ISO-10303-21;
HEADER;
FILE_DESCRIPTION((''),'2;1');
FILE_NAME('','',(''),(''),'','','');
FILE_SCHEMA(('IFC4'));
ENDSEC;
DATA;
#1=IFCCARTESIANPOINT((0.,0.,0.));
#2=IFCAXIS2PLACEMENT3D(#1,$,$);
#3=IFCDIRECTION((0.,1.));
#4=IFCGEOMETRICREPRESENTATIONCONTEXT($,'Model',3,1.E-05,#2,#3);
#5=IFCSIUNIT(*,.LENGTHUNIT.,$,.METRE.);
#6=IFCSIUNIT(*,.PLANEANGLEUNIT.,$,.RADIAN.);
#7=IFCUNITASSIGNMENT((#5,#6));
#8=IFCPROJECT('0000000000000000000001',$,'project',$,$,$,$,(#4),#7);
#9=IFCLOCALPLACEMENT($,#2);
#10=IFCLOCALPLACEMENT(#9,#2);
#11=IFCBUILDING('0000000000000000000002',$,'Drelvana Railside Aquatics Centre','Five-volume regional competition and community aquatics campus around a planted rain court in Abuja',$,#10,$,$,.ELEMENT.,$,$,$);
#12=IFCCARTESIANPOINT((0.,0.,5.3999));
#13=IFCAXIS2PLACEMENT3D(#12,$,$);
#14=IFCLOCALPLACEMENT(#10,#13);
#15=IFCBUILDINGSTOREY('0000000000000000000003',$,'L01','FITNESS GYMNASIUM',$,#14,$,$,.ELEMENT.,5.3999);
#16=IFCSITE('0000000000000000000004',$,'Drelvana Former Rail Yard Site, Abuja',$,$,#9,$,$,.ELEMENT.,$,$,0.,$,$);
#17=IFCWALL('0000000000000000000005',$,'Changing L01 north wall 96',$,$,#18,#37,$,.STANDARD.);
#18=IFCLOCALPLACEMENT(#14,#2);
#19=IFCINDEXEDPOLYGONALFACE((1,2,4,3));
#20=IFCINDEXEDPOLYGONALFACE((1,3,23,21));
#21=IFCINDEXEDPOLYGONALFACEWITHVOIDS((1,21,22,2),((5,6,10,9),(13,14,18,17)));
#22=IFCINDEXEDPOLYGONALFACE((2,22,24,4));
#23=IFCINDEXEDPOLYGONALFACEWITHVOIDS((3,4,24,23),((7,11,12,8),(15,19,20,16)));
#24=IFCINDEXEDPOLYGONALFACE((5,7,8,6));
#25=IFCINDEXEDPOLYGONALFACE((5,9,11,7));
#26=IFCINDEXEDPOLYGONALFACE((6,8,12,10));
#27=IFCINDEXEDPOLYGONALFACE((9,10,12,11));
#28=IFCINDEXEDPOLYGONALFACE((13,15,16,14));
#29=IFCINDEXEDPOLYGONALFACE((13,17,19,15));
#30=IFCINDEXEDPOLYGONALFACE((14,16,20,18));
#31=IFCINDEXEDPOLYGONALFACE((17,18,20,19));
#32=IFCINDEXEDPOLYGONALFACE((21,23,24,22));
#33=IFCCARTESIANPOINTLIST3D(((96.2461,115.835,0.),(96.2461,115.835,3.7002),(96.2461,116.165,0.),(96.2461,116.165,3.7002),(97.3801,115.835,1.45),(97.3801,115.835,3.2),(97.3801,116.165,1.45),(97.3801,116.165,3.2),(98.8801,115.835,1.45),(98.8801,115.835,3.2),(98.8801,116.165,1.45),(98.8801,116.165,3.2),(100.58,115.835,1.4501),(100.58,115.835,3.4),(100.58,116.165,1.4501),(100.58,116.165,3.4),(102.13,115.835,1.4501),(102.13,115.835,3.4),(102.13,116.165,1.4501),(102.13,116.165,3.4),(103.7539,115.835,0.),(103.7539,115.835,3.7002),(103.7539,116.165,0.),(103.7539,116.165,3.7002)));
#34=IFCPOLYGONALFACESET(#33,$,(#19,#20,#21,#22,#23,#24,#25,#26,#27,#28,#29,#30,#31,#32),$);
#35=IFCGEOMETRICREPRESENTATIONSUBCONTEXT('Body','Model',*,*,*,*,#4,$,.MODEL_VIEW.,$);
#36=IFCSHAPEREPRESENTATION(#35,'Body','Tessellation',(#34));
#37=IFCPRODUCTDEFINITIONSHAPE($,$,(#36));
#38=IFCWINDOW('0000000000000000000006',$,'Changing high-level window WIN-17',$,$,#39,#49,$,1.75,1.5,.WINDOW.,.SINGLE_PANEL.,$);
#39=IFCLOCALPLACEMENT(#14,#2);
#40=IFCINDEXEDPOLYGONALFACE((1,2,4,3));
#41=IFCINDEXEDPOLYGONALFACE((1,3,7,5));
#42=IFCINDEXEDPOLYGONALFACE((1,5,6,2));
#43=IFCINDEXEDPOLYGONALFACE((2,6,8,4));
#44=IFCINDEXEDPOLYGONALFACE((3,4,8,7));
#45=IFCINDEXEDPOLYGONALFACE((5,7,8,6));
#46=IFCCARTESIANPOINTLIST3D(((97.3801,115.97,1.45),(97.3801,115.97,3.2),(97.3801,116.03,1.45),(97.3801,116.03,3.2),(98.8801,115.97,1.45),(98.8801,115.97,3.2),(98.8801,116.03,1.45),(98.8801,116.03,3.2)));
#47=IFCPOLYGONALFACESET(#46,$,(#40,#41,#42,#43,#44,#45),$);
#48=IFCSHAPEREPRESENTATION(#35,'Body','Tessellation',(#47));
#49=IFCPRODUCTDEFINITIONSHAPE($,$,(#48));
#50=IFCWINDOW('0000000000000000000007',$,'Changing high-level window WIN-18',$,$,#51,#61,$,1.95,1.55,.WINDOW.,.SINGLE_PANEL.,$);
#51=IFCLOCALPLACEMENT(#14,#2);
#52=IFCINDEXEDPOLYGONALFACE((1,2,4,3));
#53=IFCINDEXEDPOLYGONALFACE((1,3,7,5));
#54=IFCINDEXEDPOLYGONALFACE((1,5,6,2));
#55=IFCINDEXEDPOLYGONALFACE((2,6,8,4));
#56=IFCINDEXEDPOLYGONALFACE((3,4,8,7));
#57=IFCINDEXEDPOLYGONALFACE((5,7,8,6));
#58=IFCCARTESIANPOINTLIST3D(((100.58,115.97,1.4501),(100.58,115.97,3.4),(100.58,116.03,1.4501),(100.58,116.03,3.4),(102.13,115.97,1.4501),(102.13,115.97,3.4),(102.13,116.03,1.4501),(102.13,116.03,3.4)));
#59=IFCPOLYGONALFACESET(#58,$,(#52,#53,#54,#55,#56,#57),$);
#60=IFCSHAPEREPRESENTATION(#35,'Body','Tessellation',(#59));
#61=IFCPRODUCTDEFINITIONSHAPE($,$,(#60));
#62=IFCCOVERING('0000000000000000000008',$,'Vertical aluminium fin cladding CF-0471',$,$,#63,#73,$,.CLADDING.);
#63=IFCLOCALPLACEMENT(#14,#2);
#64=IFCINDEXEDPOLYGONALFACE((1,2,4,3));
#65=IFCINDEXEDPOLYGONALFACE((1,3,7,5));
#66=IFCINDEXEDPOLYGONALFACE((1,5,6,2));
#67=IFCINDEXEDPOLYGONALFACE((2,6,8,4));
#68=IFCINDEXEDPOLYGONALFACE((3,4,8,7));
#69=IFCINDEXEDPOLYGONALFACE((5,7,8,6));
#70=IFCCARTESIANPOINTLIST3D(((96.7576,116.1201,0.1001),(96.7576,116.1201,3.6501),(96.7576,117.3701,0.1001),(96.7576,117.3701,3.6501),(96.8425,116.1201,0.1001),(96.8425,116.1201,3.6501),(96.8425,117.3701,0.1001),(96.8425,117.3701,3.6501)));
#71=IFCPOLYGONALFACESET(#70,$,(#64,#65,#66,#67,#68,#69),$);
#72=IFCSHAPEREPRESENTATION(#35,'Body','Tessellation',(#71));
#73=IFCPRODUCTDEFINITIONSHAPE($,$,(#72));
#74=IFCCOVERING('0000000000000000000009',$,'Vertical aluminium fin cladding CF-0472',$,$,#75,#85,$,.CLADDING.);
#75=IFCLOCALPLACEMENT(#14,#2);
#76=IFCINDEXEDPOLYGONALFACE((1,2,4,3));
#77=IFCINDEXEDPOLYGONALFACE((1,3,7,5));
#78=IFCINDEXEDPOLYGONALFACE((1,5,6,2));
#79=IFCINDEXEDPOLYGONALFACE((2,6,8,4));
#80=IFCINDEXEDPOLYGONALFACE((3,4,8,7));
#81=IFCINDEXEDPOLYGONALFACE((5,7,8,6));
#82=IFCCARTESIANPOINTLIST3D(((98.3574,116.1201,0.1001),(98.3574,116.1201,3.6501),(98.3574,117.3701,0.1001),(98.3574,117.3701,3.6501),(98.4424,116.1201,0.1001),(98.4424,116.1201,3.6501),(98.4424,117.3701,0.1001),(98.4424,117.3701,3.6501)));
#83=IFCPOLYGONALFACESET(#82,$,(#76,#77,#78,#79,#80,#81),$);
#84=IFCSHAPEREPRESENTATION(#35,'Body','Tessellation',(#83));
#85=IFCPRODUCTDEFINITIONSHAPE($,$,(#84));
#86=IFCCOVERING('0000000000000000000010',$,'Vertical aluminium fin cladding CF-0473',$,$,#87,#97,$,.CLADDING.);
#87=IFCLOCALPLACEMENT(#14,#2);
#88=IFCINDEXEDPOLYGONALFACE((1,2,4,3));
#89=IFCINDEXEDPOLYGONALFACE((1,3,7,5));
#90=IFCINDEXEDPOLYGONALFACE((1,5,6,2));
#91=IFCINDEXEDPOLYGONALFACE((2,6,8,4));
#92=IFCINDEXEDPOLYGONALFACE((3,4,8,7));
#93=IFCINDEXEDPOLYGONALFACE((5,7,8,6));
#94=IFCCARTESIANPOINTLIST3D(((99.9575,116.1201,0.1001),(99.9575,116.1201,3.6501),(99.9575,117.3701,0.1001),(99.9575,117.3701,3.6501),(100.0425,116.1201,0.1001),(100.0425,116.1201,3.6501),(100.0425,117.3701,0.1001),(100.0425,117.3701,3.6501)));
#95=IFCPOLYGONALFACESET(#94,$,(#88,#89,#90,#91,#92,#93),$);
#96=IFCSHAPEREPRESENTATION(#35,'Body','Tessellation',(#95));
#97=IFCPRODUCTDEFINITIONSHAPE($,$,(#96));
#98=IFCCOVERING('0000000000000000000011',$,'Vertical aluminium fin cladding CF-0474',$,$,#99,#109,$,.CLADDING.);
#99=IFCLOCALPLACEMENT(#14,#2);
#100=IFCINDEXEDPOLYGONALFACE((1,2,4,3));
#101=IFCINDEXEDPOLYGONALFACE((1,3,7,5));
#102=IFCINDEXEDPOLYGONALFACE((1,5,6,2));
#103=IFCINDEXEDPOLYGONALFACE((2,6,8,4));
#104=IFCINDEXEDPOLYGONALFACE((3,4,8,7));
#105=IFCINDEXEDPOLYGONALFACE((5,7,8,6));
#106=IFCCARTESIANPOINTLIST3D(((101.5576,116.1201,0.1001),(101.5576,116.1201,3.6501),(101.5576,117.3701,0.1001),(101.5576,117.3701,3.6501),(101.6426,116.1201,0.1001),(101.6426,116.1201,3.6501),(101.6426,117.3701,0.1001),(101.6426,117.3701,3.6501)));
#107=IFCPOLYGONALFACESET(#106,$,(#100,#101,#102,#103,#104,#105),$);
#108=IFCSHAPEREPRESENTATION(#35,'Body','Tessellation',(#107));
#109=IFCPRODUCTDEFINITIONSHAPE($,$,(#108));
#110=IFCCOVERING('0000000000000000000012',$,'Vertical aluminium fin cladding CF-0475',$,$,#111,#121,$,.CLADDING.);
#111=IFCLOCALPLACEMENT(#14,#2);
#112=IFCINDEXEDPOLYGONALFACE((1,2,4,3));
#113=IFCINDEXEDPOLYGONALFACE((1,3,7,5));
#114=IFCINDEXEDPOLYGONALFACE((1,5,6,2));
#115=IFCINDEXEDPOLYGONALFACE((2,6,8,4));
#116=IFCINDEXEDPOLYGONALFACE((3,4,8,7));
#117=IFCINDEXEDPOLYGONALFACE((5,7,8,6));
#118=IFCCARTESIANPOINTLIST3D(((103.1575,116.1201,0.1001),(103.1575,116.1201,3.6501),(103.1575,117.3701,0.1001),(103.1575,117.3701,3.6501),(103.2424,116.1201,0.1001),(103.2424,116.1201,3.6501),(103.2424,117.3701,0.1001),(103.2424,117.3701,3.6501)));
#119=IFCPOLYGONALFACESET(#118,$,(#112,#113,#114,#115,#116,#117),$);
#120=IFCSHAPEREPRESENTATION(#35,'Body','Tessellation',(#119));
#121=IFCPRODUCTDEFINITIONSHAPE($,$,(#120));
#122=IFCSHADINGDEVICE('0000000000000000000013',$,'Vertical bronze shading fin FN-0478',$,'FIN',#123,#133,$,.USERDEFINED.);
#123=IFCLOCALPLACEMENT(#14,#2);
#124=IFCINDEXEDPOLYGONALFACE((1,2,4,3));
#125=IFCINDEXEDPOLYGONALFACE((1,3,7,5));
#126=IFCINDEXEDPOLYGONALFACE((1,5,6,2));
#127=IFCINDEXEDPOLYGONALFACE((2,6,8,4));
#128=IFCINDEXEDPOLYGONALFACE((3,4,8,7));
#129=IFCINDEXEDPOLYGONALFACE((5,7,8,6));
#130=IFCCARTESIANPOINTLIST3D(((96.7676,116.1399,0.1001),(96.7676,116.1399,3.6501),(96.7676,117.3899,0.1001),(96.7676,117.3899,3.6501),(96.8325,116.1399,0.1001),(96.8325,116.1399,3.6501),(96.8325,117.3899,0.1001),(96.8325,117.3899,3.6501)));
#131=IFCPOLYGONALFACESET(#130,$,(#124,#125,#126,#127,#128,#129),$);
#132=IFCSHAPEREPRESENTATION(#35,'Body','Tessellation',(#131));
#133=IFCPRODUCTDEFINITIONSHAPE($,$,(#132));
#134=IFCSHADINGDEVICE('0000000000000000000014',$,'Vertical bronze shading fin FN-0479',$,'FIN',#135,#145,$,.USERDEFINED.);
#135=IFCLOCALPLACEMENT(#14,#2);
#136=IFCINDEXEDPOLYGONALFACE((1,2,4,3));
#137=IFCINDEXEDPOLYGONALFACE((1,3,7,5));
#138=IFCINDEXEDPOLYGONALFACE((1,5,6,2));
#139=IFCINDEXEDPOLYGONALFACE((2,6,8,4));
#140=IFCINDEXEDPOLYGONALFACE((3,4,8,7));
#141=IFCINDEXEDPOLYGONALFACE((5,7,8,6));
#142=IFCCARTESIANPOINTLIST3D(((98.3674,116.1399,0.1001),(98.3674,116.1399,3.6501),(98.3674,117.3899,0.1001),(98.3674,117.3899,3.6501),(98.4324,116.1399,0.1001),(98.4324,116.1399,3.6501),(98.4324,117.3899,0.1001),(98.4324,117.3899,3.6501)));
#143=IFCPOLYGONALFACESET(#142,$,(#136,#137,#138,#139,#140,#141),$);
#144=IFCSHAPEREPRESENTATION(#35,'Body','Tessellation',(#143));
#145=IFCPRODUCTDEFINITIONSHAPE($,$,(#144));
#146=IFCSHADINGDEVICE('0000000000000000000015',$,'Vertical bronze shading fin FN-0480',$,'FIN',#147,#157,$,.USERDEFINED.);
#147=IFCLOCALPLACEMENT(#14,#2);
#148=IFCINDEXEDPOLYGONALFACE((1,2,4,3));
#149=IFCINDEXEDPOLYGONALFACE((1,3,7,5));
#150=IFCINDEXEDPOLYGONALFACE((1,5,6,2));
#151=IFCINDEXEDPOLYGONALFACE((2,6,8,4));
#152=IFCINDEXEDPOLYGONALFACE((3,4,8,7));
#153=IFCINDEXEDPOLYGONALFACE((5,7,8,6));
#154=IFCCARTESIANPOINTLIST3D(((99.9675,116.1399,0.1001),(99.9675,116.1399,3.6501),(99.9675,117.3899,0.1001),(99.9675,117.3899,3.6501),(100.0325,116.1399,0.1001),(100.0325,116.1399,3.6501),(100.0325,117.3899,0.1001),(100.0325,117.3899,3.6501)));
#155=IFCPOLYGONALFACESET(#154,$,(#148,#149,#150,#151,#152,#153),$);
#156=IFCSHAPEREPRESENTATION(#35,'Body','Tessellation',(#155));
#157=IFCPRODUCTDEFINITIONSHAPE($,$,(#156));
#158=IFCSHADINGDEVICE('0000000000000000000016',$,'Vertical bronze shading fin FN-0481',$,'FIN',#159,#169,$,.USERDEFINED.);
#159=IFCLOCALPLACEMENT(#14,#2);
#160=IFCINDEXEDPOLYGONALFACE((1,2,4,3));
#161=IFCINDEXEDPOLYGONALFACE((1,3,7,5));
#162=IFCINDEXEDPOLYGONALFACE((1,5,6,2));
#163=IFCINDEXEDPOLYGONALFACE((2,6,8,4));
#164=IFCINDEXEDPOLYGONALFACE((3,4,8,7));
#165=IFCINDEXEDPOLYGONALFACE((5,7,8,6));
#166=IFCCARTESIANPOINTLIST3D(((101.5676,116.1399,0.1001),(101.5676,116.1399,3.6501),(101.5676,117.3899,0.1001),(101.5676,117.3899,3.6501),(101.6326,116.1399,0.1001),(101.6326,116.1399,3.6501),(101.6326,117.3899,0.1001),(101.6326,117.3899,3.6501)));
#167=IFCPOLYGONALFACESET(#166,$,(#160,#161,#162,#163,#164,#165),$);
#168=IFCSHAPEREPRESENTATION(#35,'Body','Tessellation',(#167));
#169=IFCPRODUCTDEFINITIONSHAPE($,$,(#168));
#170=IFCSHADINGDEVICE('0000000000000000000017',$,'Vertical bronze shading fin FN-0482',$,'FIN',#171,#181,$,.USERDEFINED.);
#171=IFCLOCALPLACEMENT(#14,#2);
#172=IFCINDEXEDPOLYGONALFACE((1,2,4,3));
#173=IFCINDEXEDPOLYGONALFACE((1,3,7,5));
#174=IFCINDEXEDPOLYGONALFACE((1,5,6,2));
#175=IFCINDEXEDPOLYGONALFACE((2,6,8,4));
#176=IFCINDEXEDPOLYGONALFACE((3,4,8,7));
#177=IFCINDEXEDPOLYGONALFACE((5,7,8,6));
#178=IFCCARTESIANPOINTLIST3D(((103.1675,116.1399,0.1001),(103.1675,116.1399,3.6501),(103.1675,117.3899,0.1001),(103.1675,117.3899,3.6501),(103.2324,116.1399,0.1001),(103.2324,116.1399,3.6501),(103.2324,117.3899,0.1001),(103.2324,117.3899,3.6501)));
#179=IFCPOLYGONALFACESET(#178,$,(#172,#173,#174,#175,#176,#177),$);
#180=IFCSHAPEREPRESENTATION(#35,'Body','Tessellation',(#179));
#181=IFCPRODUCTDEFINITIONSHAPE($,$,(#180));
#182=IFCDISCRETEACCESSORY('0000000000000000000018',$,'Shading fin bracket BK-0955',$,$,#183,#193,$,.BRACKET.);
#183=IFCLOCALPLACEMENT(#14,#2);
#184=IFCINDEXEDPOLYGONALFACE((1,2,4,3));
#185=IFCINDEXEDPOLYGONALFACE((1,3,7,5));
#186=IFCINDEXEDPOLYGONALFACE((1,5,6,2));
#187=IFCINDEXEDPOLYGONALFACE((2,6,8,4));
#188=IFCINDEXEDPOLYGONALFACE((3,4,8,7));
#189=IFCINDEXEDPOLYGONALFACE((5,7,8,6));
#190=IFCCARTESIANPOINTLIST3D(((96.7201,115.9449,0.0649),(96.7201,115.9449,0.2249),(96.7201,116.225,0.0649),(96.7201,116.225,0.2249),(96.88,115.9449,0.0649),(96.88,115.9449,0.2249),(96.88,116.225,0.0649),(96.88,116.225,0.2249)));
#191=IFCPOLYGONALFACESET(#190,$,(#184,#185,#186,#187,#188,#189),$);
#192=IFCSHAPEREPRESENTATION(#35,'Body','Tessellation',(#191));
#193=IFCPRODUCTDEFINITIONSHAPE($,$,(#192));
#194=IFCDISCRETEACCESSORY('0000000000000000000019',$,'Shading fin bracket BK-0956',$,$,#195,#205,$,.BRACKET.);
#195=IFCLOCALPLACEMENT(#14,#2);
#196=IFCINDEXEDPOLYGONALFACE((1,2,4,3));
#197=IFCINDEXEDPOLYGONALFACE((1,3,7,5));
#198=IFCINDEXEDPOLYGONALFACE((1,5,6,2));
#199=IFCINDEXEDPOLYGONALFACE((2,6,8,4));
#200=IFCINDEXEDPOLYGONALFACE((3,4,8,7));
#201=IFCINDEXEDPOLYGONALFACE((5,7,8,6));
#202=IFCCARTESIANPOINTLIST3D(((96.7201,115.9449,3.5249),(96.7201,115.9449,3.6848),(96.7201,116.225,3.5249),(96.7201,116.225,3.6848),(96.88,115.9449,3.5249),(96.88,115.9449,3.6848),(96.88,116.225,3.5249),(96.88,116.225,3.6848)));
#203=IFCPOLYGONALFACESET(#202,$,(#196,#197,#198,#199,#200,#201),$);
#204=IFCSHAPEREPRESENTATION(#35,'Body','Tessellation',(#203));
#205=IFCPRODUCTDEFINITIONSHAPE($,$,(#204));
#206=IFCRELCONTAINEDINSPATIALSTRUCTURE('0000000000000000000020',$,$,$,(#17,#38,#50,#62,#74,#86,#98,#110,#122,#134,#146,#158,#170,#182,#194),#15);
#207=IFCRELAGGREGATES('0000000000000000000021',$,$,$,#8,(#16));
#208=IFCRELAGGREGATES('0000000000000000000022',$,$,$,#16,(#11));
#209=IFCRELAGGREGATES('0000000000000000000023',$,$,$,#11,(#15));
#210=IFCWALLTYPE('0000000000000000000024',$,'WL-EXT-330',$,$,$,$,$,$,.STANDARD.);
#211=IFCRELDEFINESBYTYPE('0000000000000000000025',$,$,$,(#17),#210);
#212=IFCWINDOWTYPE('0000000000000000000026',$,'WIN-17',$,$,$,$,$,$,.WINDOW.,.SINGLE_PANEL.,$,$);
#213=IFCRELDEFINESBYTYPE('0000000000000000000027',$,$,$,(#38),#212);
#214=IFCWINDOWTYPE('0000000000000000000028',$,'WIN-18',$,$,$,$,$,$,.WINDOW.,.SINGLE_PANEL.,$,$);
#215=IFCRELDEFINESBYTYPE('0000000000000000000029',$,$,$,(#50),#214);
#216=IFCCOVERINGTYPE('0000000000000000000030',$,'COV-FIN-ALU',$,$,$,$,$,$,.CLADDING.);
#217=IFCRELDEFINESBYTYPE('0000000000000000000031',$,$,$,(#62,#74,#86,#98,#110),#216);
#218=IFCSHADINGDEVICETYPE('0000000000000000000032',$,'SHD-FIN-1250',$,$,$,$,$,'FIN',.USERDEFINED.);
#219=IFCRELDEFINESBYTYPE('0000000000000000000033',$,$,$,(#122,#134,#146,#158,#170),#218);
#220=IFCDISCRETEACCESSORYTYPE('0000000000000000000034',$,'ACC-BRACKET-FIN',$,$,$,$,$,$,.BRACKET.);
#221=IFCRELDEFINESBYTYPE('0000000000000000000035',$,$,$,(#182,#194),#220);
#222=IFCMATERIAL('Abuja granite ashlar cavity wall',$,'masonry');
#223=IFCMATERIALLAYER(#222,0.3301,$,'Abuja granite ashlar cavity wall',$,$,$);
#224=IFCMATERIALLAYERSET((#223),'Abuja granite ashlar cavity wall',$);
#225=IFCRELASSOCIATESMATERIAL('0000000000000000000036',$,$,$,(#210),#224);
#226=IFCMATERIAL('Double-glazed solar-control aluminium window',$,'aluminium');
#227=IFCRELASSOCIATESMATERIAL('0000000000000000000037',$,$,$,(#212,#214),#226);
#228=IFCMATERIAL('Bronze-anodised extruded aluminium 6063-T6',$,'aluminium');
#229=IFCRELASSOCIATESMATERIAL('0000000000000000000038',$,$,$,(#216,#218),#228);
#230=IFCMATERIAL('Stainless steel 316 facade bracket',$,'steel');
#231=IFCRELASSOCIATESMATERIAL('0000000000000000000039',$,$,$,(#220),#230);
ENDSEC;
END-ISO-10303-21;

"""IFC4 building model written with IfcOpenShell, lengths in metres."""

from ifc_helpers import new_model, si_unit, direction, frame, frame_2d, origin, origin_2d, place, context, subcontext, project, spatial, rectangle, extrude, material, layer, layer_set, type_object, element, fill, save


model = new_model("IFC4")

# Units and contexts
model_context = context("Model", 3, precision=1e-05, world=origin(), true_north=direction((0.0, 1.0)))
body_context = subcontext(model_context, "Body", "Model", "MODEL_VIEW")
ifc_project = project(units=[si_unit("LENGTHUNIT", "METRE"), si_unit("PLANEANGLEUNIT", "RADIAN")], contexts=[model_context])

# Site, building, storey
site_placement = place(None, origin())
site = spatial("IfcSite", under=ifc_project, at=site_placement, Name="Drelvana Former Rail Yard Site, Abuja", CompositionType="ELEMENT", RefElevation=0.0)
building_placement = place(site_placement, origin())
building = spatial("IfcBuilding", under=site, at=building_placement, Name="Drelvana Railside Aquatics Centre", Description="Five-volume regional competition and community aquatics campus around a planted rain court in Abuja", CompositionType="ELEMENT")
storey_placement = place(building_placement, frame((0.0, 0.0, 5.3999)))
storey = spatial("IfcBuildingStorey", under=building, at=storey_placement, Name="L01", Description="FITNESS GYMNASIUM", CompositionType="ELEMENT", Elevation=5.3999)

# Wall, openings, windows
ifc_material_1 = material(Name="Abuja granite ashlar cavity wall", Category="masonry")
ifc_layer_1 = layer(ifc_material_1, 0.3301, Name="Abuja granite ashlar cavity wall")
ifc_layer_set_1 = layer_set([ifc_layer_1], Name="Abuja granite ashlar cavity wall")
wall_type_1 = type_object("IfcWallType", Name="WL-EXT-330", PredefinedType="STANDARD", material=ifc_layer_set_1)
wall_1_placement = place(storey_placement, frame((96.2461, 116.0, 0.0), z_axis=(0.0, 0.0, 1.0), x_axis=(1.0, 0.0, 0.0)))
wall_1 = element("IfcWall", 1, at=wall_1_placement, inside=storey, type_object=wall_type_1, Name="Changing L01 north wall 96", PredefinedType="STANDARD", context=body_context, shape_type="SweptSolid", body=[
    extrude(rectangle(XDim=7.5078, YDim=0.3301, at=frame_2d((3.7539, 0.0))), origin(), (0.0, 0.0, 1.0), 3.7002),
])
opening_1_placement = place(wall_1_placement, frame((1.134, 0.0, 1.45)))
opening_1 = element("IfcOpeningElement", 2, at=opening_1_placement, cuts=wall_1, PredefinedType="OPENING", context=body_context, shape_type="SweptSolid", body=[
    extrude(rectangle(XDim=1.5, YDim=1.75, at=frame_2d((0.75, 0.875))), frame((0.0, 0.175, 0.0), z_axis=(0.0, -1.0, 0.0), x_axis=(1.0, 0.0, 0.0)), (0.0, 0.0, 1.0), 0.3501),
])
opening_2_placement = place(wall_1_placement, frame((4.334, 0.0, 1.45)))
opening_2 = element("IfcOpeningElement", 3, at=opening_2_placement, cuts=wall_1, PredefinedType="OPENING", context=body_context, shape_type="SweptSolid", body=[
    extrude(rectangle(XDim=1.55, YDim=1.95, at=frame_2d((0.7749, 0.9751))), frame((0.0, 0.175, 0.0), z_axis=(0.0, -1.0, 0.0), x_axis=(1.0, 0.0, 0.0)), (0.0, 0.0, 1.0), 0.3501),
])
ifc_material_2 = material(Name="Double-glazed solar-control aluminium window", Category="aluminium")
window_type_1 = type_object("IfcWindowType", Name="WIN-17", PartitioningType="SINGLE_PANEL", PredefinedType="WINDOW", material=ifc_material_2)
window_1_placement = place(opening_1_placement, origin())
window_1 = element("IfcWindow", 4, at=window_1_placement, inside=storey, type_object=window_type_1, Name="Changing high-level window WIN-17", OverallHeight=1.75, OverallWidth=1.5, PartitioningType="SINGLE_PANEL", PredefinedType="WINDOW", context=body_context, shape_type="SweptSolid", body=[
    extrude(rectangle(XDim=1.5, YDim=1.75, at=frame_2d((0.75, 0.875))), frame((0.0, 0.03, 0.0), z_axis=(0.0, -1.0, 0.0), x_axis=(1.0, 0.0, 0.0)), (0.0, 0.0, 1.0), 0.0601),
])
fill(opening_1, window_1)
window_type_2 = type_object("IfcWindowType", Name="WIN-18", PartitioningType="SINGLE_PANEL", PredefinedType="WINDOW", material=ifc_material_2)
window_2_placement = place(opening_2_placement, origin())
window_2 = element("IfcWindow", 5, at=window_2_placement, inside=storey, type_object=window_type_2, Name="Changing high-level window WIN-18", OverallHeight=1.95, OverallWidth=1.55, PartitioningType="SINGLE_PANEL", PredefinedType="WINDOW", context=body_context, shape_type="SweptSolid", body=[
    extrude(rectangle(XDim=1.55, YDim=1.95, at=frame_2d((0.7749, 0.9751))), frame((0.0, 0.03, 0.0), z_axis=(0.0, -1.0, 0.0), x_axis=(1.0, 0.0, 0.0)), (0.0, 0.0, 1.0), 0.0601),
])
fill(opening_2, window_2)

# Coverings
ifc_material_3 = material(Name="Bronze-anodised extruded aluminium 6063-T6", Category="aluminium")
covering_type = type_object("IfcCoveringType", Name="COV-FIN-ALU", PredefinedType="CLADDING", material=ifc_material_3)
for number, where, z_axis, x_axis, name in (
    (6, (96.8, 116.7451, 0.1001), (0.0, 0.0, 1.0), (1.0, 0.0, 0.0), "Vertical aluminium fin cladding CF-0471"),
    (7, (98.3999, 116.7451, 0.1001), (0.0, 0.0, 1.0), (1.0, 0.0, 0.0), "Vertical aluminium fin cladding CF-0472"),
    (8, (100.0, 116.7451, 0.1001), (0.0, 0.0, 1.0), (1.0, 0.0, 0.0), "Vertical aluminium fin cladding CF-0473"),
    (9, (101.6001, 116.7451, 0.1001), (0.0, 0.0, 1.0), (1.0, 0.0, 0.0), "Vertical aluminium fin cladding CF-0474"),
    (10, (103.2, 116.7451, 0.1001), (0.0, 0.0, 1.0), (1.0, 0.0, 0.0), "Vertical aluminium fin cladding CF-0475"),
):
    element("IfcCovering", number, at=place(storey_placement, frame(where, z_axis=z_axis, x_axis=x_axis)), inside=storey, type_object=covering_type, Name=name, PredefinedType="CLADDING", context=body_context, shape_type="SweptSolid", body=[
        extrude(rectangle(XDim=0.085, YDim=1.25, at=origin_2d()), origin(), (0.0, 0.0, 1.0), 3.55),
    ])

# Shading devices
shading_device_type = type_object("IfcShadingDeviceType", Name="SHD-FIN-1250", ElementType="FIN", PredefinedType="USERDEFINED", material=ifc_material_3)
for number, where, z_axis, x_axis, name in (
    (11, (96.8, 116.7649, 0.1001), (0.0, 0.0, 1.0), (0.0, 1.0, 0.0), "Vertical bronze shading fin FN-0478"),
    (12, (98.3999, 116.7649, 0.1001), (0.0, 0.0, 1.0), (0.0, 1.0, 0.0), "Vertical bronze shading fin FN-0479"),
    (13, (100.0, 116.7649, 0.1001), (0.0, 0.0, 1.0), (0.0, 1.0, 0.0), "Vertical bronze shading fin FN-0480"),
    (14, (101.6001, 116.7649, 0.1001), (0.0, 0.0, 1.0), (0.0, 1.0, 0.0), "Vertical bronze shading fin FN-0481"),
    (15, (103.2, 116.7649, 0.1001), (0.0, 0.0, 1.0), (0.0, 1.0, 0.0), "Vertical bronze shading fin FN-0482"),
):
    element("IfcShadingDevice", number, at=place(storey_placement, frame(where, z_axis=z_axis, x_axis=x_axis)), inside=storey, type_object=shading_device_type, Name=name, ObjectType="FIN", PredefinedType="USERDEFINED", context=body_context, shape_type="SweptSolid", body=[
        extrude(rectangle(XDim=1.25, YDim=0.0649, at=origin_2d()), origin(), (0.0, 0.0, 1.0), 3.55),
    ])

# Discrete accessories
ifc_material_4 = material(Name="Stainless steel 316 facade bracket", Category="steel")
discrete_accessory_type = type_object("IfcDiscreteAccessoryType", Name="ACC-BRACKET-FIN", PredefinedType="BRACKET", material=ifc_material_4)
for number, where, z_axis, x_axis, name in (
    (16, (96.8, 116.085, 0.0649), (0.0, 0.0, 1.0), (0.0, 1.0, 0.0), "Shading fin bracket BK-0955"),
    (17, (96.8, 116.085, 3.5249), (0.0, 0.0, 1.0), (0.0, 1.0, 0.0), "Shading fin bracket BK-0956"),
):
    element("IfcDiscreteAccessory", number, at=place(storey_placement, frame(where, z_axis=z_axis, x_axis=x_axis)), inside=storey, type_object=discrete_accessory_type, Name=name, PredefinedType="BRACKET", context=body_context, shape_type="SweptSolid", body=[
        extrude(rectangle(XDim=0.28, YDim=0.1599, at=origin_2d()), origin(), (0.0, 0.0, 1.0), 0.1599),
    ])

save(model, "model.ifc")
